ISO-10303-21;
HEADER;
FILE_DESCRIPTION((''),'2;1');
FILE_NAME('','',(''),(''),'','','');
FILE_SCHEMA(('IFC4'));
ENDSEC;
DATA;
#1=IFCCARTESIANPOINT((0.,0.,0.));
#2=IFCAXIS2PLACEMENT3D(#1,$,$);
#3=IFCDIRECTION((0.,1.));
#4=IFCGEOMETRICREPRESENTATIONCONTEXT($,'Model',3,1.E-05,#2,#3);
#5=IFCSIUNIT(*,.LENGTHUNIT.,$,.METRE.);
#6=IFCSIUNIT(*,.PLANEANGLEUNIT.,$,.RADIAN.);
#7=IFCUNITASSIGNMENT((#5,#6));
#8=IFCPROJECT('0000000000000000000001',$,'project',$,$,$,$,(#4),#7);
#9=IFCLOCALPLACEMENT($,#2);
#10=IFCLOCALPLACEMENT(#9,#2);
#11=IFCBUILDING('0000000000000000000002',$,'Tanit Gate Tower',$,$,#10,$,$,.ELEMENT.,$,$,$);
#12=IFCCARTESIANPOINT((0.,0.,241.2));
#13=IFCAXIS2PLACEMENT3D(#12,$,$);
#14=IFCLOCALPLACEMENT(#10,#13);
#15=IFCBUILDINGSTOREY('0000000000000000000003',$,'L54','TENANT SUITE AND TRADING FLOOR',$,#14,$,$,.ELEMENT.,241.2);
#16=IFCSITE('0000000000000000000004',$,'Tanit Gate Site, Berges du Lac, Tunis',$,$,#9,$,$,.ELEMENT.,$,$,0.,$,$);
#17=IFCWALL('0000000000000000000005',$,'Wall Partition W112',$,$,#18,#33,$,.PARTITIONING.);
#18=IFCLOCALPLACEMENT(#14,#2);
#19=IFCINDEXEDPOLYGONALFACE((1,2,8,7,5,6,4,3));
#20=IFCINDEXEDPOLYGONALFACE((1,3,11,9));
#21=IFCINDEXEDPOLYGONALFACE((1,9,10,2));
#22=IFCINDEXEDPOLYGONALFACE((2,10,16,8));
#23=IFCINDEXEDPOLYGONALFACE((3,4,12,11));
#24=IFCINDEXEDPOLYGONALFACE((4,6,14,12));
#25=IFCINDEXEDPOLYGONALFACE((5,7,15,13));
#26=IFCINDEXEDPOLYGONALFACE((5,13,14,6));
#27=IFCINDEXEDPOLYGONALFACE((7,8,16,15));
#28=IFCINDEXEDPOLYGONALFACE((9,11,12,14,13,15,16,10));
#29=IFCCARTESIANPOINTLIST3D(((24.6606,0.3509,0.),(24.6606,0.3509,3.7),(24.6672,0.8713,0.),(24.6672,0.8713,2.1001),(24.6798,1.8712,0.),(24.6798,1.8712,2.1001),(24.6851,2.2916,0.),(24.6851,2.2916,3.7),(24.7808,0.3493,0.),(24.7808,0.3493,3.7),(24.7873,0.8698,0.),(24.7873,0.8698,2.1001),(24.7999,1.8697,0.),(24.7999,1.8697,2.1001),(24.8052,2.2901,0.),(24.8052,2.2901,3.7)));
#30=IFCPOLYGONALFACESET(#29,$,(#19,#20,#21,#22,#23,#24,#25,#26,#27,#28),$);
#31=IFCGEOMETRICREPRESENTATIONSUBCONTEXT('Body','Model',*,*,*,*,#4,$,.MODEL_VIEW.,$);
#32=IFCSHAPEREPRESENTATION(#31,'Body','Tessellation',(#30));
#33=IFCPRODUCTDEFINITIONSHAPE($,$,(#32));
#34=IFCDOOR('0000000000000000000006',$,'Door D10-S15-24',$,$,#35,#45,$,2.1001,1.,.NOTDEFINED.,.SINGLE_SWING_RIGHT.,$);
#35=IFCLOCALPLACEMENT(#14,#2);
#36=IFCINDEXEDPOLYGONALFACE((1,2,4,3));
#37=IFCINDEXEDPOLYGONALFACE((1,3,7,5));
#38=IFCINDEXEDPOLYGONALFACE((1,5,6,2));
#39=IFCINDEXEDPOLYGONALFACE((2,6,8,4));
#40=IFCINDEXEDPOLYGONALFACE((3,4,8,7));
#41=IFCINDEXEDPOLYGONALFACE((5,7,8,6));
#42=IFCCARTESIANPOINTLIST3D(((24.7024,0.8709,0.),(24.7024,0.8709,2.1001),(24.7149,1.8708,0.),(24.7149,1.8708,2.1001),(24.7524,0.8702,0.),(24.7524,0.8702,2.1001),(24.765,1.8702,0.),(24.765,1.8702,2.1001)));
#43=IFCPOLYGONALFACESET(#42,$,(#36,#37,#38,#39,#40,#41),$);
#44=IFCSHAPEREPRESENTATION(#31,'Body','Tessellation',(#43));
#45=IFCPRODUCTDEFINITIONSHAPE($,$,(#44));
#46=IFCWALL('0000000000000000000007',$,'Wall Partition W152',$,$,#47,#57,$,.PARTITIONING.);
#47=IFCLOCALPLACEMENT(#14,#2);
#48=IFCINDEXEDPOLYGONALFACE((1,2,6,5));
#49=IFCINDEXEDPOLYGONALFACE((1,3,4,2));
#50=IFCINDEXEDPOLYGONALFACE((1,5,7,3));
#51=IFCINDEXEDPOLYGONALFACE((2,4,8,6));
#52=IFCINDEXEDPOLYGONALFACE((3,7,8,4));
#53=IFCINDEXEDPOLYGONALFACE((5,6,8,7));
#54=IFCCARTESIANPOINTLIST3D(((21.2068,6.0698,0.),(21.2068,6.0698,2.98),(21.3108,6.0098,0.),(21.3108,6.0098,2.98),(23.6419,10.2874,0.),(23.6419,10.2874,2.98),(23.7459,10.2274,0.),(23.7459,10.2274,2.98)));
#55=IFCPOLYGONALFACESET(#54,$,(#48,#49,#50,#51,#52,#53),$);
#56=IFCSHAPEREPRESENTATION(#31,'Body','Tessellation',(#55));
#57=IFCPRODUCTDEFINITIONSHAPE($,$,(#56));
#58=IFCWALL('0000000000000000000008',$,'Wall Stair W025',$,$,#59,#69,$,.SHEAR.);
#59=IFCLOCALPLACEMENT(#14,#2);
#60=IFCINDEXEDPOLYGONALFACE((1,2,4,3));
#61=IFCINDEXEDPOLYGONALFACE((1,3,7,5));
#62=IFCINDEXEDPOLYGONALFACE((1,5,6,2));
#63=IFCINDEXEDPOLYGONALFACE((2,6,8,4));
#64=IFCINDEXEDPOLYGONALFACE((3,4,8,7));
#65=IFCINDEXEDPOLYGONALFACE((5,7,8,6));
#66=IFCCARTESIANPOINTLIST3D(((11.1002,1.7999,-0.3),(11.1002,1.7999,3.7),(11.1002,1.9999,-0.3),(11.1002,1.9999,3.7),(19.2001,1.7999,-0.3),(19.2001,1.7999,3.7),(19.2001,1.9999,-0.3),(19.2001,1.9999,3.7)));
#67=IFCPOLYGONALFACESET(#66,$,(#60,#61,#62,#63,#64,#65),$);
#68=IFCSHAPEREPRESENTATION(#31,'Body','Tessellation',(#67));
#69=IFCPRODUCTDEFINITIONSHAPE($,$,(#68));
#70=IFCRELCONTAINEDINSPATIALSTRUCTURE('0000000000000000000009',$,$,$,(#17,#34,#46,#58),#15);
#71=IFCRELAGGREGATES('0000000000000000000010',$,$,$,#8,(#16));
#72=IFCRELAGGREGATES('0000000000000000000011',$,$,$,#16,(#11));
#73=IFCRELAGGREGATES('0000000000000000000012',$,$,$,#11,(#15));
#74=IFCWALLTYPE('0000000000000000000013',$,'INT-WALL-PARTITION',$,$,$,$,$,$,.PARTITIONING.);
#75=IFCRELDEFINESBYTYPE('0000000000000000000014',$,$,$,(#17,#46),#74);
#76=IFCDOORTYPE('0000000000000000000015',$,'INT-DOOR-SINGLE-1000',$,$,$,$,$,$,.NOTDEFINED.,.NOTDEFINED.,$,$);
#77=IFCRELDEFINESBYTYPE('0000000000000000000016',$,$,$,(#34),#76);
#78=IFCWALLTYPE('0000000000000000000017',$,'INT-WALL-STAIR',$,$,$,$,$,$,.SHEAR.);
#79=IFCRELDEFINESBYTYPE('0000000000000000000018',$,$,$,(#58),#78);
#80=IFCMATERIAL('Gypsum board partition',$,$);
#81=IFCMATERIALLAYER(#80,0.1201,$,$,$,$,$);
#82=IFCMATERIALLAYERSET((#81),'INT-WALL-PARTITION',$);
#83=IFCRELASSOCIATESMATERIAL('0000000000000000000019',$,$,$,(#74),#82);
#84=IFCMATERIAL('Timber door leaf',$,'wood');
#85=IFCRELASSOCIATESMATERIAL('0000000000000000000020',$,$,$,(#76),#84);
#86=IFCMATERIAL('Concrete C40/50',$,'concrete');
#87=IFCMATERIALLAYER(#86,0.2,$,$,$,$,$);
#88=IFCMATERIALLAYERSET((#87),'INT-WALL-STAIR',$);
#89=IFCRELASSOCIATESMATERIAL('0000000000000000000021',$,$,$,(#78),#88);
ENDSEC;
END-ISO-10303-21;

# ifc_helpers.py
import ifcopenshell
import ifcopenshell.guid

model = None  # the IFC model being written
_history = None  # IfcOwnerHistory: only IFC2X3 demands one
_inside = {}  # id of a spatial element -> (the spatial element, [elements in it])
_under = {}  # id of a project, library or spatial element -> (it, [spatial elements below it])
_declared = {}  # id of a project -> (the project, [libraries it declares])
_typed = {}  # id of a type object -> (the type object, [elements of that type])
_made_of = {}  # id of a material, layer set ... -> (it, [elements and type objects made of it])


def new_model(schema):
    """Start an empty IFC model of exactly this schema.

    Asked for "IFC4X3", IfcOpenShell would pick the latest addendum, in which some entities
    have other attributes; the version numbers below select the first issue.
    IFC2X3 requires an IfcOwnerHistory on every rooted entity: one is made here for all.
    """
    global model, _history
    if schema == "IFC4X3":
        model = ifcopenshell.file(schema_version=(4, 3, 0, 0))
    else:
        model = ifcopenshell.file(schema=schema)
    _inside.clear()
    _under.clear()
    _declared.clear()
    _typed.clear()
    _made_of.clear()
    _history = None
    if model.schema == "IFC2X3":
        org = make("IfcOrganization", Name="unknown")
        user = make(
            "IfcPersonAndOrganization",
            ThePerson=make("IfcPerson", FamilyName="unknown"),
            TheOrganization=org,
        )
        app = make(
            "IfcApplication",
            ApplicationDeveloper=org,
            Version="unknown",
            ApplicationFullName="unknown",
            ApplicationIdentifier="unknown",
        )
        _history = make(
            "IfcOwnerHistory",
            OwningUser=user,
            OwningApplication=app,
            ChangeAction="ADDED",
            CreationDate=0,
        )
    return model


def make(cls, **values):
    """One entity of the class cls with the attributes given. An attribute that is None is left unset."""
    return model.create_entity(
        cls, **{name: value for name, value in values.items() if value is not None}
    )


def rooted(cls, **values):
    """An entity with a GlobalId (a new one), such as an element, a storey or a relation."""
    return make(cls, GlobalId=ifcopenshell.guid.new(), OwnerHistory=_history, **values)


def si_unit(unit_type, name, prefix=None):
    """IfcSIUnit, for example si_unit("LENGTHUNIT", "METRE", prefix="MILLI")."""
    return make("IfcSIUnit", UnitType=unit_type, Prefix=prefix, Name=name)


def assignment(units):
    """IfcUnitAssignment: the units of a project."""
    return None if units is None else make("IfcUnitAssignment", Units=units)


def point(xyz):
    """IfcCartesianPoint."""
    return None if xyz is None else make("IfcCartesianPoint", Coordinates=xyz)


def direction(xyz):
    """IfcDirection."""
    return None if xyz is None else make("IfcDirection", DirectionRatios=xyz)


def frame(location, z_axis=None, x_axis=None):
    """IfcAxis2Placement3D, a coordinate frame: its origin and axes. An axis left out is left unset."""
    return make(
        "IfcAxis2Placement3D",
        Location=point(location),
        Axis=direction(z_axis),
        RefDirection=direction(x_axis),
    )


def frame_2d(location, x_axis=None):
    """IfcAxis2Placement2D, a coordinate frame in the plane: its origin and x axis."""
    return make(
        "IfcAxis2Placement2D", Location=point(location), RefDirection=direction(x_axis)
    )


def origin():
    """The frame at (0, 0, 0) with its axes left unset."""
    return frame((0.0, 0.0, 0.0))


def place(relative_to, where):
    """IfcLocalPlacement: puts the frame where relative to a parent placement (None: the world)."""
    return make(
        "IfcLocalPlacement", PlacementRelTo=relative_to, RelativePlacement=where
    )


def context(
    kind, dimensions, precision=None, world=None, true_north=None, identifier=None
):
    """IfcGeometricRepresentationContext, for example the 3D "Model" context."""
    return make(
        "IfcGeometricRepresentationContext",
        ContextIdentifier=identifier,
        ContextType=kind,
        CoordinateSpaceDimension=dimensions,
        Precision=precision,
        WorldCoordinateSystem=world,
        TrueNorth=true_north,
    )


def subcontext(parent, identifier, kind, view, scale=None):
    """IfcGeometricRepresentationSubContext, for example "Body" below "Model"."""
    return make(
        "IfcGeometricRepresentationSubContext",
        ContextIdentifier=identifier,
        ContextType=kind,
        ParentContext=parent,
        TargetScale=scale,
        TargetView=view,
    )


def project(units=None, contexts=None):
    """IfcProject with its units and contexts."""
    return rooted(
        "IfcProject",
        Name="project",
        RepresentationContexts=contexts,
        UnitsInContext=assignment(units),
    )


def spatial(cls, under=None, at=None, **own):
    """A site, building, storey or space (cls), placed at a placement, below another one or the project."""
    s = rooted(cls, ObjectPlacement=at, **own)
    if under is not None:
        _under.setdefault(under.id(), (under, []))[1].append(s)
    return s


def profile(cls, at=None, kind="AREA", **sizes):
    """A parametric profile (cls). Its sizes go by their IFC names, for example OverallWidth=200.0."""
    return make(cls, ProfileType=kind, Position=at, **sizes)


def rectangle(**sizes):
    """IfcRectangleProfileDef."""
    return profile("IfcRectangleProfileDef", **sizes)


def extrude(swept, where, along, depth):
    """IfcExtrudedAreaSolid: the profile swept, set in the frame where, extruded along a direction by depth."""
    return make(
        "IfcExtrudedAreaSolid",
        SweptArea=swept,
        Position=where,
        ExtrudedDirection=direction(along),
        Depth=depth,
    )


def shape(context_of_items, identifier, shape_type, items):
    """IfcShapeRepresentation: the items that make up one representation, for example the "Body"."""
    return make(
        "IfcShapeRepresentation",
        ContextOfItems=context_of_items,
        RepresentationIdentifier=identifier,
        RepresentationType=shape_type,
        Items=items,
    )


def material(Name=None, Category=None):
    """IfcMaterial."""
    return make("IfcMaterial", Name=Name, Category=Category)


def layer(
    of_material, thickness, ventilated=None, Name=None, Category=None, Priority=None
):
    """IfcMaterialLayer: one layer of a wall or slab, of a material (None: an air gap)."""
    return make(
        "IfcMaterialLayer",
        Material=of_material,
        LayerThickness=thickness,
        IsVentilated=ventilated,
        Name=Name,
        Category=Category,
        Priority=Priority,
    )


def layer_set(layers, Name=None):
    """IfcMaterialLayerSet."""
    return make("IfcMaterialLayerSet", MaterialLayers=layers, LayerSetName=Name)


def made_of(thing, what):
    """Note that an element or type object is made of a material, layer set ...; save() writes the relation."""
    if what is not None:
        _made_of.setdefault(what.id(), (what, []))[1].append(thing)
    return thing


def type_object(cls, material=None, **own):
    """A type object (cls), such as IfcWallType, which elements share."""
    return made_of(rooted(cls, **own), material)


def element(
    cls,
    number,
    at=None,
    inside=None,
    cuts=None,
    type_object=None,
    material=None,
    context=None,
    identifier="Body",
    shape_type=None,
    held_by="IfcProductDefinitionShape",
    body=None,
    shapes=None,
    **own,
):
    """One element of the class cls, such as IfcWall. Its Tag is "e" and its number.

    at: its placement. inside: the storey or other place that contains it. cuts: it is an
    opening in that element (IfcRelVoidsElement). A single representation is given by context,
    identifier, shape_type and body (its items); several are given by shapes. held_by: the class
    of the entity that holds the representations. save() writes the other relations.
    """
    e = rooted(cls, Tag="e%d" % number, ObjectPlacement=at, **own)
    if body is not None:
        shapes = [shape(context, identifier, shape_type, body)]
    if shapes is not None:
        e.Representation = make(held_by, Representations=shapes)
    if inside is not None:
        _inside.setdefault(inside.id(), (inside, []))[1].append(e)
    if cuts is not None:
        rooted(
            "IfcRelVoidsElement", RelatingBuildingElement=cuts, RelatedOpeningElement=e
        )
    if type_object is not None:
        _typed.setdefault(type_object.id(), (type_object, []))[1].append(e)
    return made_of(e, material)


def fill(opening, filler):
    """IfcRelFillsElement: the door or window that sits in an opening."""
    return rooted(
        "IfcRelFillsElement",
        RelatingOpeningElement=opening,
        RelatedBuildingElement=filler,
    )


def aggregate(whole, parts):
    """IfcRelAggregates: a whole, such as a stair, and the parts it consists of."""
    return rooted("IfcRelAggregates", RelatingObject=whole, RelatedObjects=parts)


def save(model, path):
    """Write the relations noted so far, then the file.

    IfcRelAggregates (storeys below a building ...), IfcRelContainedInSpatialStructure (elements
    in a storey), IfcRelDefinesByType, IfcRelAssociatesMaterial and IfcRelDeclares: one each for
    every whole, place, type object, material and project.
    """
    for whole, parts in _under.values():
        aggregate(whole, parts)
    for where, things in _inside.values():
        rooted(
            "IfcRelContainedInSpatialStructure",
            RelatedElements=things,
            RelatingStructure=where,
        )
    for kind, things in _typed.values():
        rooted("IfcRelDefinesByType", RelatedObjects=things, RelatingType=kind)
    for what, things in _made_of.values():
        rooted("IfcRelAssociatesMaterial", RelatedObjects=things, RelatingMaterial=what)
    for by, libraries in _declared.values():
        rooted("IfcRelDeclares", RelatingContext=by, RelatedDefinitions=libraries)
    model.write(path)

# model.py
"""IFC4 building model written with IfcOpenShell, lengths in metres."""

from ifc_helpers import new_model, si_unit, direction, frame, frame_2d, origin, place, context, subcontext, project, spatial, rectangle, extrude, material, layer, layer_set, type_object, element, fill, save


model = new_model("IFC4")

# Units and contexts
model_context = context("Model", 3, precision=1e-05, world=origin(), true_north=direction((0.0, 1.0)))
body_context = subcontext(model_context, "Body", "Model", "MODEL_VIEW")
ifc_project = project(units=[si_unit("LENGTHUNIT", "METRE"), si_unit("PLANEANGLEUNIT", "RADIAN")], contexts=[model_context])

# Site, building, storey
site_placement = place(None, origin())
site = spatial("IfcSite", under=ifc_project, at=site_placement, Name="Tanit Gate Site, Berges du Lac, Tunis", CompositionType="ELEMENT", RefElevation=0.0)
building_placement = place(site_placement, origin())
building = spatial("IfcBuilding", under=site, at=building_placement, Name="Tanit Gate Tower", CompositionType="ELEMENT")
storey_placement = place(building_placement, frame((0.0, 0.0, 241.2)))
storey = spatial("IfcBuildingStorey", under=building, at=storey_placement, Name="L54", Description="TENANT SUITE AND TRADING FLOOR", CompositionType="ELEMENT", Elevation=241.2)

# Shared definitions
ifc_material_1 = material(Name="Gypsum board partition")
ifc_layer_1 = layer(ifc_material_1, 0.1201)
ifc_layer_set_1 = layer_set([ifc_layer_1], Name="INT-WALL-PARTITION")
wall_type_1 = type_object("IfcWallType", Name="INT-WALL-PARTITION", PredefinedType="PARTITIONING", material=ifc_layer_set_1)

# Wall, opening, door
wall_1_placement = place(storey_placement, frame((24.7207, 0.3501, 0.0), z_axis=(0.0, 0.0, 1.0), x_axis=(0.012579, 0.999921, 0.0)))
wall_1 = element("IfcWall", 1, at=wall_1_placement, inside=storey, type_object=wall_type_1, Name="Wall Partition W112", PredefinedType="PARTITIONING", context=body_context, shape_type="SweptSolid", body=[
    extrude(rectangle(XDim=1.9409, YDim=0.1201, at=frame_2d((0.9705, 0.0))), origin(), (0.0, 0.0, 1.0), 3.7),
])
opening_1_placement = place(wall_1_placement, frame((0.5205, 0.0, 0.0)))
opening_1 = element("IfcOpeningElement", 2, at=opening_1_placement, cuts=wall_1, PredefinedType="OPENING", context=body_context, shape_type="SweptSolid", body=[
    extrude(rectangle(XDim=1.0, YDim=2.1001, at=frame_2d((0.5, 1.05))), frame((0.0, 0.0701, 0.0), z_axis=(0.0, -1.0, 0.0), x_axis=(1.0, 0.0, 0.0)), (0.0, 0.0, 1.0), 0.1401),
])
ifc_material_2 = material(Name="Timber door leaf", Category="wood")
door_type_1 = type_object("IfcDoorType", Name="INT-DOOR-SINGLE-1000", OperationType="NOTDEFINED", PredefinedType="NOTDEFINED", material=ifc_material_2)
door_1_placement = place(opening_1_placement, origin())
door_1 = element("IfcDoor", 3, at=door_1_placement, inside=storey, type_object=door_type_1, Name="Door D10-S15-24", OperationType="SINGLE_SWING_RIGHT", OverallHeight=2.1001, OverallWidth=1.0, PredefinedType="NOTDEFINED", context=body_context, shape_type="SweptSolid", body=[
    extrude(rectangle(XDim=1.0, YDim=2.1001, at=frame_2d((0.5, 1.05))), frame((0.0, 0.0249, 0.0), z_axis=(0.0, -1.0, 0.0), x_axis=(1.0, 0.0, 0.0)), (0.0, 0.0, 1.0), 0.05),
])
fill(opening_1, door_1)

# Walls
wall_2_placement = place(storey_placement, frame((21.2588, 6.0398, 0.0), z_axis=(0.0, 0.0, 1.0), x_axis=(0.50001, 0.866019, 0.0)))
element("IfcWall", 4, at=wall_2_placement, inside=storey, type_object=wall_type_1, Name="Wall Partition W152", PredefinedType="PARTITIONING", context=body_context, shape_type="SweptSolid", body=[
    extrude(rectangle(XDim=4.8701, YDim=0.1201, at=frame_2d((2.4351, 0.0))), origin(), (0.0, 0.0, 1.0), 2.98),
])
ifc_material_3 = material(Name="Concrete C40/50", Category="concrete")
ifc_layer_2 = layer(ifc_material_3, 0.2)
ifc_layer_set_2 = layer_set([ifc_layer_2], Name="INT-WALL-STAIR")
wall_type_2 = type_object("IfcWallType", Name="INT-WALL-STAIR", PredefinedType="SHEAR", material=ifc_layer_set_2)
wall_3_placement = place(storey_placement, frame((19.2, 1.8999, -0.3), z_axis=(0.0, 0.0, 1.0), x_axis=(-1.0, 0.0, 0.0)))
element("IfcWall", 5, at=wall_3_placement, inside=storey, type_object=wall_type_2, Name="Wall Stair W025", PredefinedType="SHEAR", context=body_context, shape_type="SweptSolid", body=[
    extrude(rectangle(XDim=8.0999, YDim=0.2, at=frame_2d((4.0498, 0.0))), origin(), (0.0, 0.0, 1.0), 4.0),
])

save(model, "model.ifc")
